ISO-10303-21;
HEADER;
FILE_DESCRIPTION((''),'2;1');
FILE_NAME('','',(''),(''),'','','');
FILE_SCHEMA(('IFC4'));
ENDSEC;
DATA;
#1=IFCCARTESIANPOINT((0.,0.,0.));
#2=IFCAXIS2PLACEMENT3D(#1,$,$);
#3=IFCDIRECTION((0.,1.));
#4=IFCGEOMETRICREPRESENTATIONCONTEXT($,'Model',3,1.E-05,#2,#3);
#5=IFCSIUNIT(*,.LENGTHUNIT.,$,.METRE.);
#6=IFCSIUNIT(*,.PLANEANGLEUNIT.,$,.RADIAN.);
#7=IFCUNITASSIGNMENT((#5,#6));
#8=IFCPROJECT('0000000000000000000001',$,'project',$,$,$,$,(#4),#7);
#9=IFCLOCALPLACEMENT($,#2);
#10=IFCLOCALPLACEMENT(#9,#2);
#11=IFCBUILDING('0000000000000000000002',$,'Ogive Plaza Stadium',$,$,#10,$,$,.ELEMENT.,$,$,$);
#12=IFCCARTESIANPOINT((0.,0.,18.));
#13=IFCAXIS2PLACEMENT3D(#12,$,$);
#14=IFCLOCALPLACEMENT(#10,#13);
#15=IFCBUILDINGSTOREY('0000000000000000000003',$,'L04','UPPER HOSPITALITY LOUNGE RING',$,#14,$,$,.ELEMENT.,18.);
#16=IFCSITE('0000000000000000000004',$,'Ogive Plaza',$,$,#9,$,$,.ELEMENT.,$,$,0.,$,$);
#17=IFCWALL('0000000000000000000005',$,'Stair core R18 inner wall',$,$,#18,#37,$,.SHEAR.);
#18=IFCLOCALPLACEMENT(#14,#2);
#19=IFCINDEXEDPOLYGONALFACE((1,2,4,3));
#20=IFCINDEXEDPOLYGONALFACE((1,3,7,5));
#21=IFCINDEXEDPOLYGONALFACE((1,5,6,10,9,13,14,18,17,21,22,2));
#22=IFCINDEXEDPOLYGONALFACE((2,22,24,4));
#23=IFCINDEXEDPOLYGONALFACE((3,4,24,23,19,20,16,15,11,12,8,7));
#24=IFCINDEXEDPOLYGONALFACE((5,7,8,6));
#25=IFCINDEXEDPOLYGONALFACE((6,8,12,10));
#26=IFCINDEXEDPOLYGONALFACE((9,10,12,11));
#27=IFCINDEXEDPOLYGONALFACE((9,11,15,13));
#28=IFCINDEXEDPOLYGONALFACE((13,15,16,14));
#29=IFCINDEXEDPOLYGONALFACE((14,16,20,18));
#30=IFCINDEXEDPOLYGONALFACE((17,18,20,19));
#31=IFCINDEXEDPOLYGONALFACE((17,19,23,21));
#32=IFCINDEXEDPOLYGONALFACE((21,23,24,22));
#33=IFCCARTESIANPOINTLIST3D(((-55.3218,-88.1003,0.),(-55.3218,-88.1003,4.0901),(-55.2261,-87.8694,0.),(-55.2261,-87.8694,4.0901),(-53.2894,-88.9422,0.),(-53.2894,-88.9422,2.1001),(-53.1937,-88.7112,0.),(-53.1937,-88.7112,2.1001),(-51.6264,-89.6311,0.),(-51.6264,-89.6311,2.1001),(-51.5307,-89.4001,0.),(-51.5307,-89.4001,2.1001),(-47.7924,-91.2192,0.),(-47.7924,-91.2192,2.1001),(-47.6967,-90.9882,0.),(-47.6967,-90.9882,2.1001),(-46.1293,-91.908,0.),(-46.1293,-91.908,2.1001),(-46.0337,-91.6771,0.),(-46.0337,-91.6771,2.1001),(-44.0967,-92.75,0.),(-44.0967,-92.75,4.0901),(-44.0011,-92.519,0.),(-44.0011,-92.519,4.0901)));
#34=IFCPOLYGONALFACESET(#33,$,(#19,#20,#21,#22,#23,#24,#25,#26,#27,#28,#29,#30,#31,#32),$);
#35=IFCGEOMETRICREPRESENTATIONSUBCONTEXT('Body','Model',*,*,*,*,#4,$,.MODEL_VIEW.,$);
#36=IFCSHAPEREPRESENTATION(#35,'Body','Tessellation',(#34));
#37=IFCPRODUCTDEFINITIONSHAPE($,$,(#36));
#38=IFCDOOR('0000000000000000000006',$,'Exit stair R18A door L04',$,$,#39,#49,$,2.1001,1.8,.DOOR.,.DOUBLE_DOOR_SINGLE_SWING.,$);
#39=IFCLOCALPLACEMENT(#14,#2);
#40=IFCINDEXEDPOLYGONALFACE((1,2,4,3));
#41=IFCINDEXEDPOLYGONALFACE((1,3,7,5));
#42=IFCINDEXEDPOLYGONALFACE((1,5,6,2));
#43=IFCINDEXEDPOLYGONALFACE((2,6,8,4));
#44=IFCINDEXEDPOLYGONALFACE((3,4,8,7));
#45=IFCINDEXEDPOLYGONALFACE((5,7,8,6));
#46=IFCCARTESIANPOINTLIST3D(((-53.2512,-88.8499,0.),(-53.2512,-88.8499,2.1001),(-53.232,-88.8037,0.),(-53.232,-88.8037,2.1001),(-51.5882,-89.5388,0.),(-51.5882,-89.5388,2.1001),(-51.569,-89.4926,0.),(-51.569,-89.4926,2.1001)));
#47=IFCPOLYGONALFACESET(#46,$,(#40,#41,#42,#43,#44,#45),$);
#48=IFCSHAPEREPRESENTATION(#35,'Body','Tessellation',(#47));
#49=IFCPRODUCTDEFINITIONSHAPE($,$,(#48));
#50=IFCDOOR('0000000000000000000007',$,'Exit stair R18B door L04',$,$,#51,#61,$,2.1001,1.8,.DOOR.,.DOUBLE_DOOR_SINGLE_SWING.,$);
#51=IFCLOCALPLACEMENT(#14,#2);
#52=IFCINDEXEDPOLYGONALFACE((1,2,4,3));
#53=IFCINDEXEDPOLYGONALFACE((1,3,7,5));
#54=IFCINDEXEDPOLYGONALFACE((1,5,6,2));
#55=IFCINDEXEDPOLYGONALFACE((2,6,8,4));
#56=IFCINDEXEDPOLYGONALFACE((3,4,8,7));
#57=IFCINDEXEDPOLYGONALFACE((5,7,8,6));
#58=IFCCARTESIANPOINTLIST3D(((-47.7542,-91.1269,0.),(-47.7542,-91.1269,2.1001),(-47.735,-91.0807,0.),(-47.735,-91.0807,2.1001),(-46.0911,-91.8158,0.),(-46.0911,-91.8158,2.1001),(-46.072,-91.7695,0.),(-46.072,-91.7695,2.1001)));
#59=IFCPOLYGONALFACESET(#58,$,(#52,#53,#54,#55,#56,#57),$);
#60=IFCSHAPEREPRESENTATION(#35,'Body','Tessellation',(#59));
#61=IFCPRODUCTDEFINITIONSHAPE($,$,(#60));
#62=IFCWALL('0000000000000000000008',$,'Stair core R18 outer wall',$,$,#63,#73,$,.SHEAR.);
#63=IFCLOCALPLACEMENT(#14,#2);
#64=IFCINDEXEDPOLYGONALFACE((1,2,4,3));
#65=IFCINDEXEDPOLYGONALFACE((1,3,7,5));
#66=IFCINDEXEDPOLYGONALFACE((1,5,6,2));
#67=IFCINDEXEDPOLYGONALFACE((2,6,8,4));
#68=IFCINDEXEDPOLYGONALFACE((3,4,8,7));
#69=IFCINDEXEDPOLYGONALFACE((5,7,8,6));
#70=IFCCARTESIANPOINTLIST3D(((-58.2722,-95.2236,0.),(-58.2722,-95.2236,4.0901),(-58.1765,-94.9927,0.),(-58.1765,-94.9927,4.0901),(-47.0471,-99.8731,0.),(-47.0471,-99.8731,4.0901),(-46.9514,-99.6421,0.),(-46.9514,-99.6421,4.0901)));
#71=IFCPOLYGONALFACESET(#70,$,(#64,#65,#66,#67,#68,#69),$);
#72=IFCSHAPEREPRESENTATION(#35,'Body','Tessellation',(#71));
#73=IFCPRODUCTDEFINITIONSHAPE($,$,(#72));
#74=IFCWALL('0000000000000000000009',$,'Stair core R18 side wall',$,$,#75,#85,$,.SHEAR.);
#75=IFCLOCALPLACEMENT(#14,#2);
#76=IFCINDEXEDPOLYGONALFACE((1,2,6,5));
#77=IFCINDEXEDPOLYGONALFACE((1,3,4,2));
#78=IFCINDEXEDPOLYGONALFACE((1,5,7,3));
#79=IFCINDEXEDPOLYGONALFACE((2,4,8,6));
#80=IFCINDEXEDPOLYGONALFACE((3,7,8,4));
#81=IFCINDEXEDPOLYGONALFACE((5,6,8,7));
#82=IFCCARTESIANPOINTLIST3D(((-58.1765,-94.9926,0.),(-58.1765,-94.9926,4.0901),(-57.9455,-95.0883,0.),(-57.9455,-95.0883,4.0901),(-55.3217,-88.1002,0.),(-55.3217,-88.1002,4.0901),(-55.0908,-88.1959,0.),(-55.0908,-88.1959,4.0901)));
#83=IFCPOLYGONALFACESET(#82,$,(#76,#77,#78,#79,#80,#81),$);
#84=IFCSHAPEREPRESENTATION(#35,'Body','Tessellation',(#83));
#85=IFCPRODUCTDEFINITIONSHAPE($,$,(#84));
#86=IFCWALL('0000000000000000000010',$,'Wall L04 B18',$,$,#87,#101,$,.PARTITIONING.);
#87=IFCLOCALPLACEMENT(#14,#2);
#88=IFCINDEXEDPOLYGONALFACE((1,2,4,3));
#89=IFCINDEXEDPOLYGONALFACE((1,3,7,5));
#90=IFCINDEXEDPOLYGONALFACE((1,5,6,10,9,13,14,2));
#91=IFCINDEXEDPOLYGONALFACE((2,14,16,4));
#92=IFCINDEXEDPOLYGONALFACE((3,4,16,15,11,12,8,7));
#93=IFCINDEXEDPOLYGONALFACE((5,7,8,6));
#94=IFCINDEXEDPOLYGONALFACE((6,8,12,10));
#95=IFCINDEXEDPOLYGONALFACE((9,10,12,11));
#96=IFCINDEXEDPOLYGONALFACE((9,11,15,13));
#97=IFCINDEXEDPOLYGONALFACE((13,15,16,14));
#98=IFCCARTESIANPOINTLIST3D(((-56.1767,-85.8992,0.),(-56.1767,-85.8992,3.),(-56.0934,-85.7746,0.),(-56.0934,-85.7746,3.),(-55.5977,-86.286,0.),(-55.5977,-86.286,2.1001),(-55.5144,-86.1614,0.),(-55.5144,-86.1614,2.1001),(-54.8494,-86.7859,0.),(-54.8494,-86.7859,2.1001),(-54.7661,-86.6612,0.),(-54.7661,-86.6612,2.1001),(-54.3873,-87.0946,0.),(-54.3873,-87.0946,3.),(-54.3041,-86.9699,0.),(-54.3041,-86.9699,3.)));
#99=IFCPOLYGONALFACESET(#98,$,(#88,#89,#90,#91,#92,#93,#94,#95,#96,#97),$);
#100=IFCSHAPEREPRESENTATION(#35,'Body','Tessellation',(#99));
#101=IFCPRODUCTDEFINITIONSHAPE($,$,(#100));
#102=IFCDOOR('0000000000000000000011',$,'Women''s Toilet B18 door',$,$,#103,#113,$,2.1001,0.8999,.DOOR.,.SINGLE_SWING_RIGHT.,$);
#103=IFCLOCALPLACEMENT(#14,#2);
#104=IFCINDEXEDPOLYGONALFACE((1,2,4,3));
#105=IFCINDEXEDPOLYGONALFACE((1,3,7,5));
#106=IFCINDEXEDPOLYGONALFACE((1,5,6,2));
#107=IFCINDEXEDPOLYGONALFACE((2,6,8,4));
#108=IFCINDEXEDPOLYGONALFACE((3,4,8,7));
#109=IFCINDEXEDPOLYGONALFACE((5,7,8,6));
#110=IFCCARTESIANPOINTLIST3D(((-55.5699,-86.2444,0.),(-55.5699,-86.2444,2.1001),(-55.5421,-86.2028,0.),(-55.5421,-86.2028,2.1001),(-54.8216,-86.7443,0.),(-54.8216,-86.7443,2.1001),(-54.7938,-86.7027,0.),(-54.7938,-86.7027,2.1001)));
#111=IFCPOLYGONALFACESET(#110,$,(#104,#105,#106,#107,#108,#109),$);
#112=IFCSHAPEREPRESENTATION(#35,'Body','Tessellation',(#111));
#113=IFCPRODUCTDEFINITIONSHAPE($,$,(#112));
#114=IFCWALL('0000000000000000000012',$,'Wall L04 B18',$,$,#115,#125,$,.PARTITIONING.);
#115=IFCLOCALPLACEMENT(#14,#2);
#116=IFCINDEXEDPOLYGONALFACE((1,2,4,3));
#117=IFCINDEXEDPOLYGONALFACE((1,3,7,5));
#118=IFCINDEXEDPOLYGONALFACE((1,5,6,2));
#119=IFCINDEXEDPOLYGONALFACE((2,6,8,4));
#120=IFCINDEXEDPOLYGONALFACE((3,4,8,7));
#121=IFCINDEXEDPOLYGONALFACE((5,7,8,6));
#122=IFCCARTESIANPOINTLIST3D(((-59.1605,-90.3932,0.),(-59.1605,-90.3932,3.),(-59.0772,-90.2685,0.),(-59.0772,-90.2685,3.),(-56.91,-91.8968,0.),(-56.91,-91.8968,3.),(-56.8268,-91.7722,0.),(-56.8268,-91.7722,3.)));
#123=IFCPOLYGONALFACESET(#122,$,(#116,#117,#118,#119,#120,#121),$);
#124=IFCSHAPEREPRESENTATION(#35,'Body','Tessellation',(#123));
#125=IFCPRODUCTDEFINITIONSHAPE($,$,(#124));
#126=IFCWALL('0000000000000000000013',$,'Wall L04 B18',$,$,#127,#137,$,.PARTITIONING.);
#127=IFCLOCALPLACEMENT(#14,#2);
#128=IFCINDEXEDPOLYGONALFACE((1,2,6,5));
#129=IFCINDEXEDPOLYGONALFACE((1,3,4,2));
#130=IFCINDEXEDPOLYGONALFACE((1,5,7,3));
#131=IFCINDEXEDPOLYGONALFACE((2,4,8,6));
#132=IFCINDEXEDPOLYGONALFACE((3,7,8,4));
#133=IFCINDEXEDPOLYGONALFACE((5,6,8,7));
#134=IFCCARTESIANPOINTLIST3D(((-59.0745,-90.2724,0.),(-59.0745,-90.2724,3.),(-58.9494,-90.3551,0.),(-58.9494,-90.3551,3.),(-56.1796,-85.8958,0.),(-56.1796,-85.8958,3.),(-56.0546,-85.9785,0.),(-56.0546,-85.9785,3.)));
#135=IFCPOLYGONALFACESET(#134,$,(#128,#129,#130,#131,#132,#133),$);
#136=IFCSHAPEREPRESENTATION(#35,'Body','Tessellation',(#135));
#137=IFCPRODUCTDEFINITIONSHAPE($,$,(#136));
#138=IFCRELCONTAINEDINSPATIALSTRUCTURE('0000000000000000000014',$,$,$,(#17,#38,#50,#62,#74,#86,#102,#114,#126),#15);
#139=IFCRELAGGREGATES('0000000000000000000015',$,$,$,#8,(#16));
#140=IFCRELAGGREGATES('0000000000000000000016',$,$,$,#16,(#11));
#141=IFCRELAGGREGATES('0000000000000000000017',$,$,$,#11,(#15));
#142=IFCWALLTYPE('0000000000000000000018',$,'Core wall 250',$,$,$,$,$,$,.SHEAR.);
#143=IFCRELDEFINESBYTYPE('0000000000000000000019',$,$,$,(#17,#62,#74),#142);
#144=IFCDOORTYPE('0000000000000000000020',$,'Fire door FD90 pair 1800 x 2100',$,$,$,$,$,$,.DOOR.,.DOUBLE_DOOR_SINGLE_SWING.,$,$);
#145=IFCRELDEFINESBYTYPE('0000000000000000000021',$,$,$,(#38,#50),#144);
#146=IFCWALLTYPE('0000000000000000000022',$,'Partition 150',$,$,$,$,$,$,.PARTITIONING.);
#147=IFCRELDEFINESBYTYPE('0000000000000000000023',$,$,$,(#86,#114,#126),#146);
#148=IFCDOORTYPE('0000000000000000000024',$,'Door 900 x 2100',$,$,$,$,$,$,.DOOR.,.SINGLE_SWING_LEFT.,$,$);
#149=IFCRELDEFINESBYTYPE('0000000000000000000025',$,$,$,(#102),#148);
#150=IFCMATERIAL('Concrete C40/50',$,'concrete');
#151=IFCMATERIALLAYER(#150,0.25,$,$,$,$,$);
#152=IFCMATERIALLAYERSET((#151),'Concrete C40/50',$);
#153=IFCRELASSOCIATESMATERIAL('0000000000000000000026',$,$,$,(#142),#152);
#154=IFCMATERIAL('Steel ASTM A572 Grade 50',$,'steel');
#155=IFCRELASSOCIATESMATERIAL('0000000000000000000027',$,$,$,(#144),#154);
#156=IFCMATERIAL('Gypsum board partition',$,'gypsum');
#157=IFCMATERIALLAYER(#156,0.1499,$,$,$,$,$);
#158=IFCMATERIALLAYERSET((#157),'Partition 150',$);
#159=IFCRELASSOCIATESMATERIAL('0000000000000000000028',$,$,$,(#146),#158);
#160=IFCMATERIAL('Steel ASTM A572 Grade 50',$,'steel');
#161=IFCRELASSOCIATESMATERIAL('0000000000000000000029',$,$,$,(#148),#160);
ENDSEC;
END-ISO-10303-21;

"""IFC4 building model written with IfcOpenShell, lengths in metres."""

from ifc_helpers import new_model, si_unit, direction, frame, frame_2d, origin, place, context, subcontext, project, spatial, rectangle, extrude, material, layer, layer_set, type_object, element, fill, save


model = new_model("IFC4")

# Units and contexts
model_context = context("Model", 3, precision=1e-05, world=origin(), true_north=direction((0.0, 1.0)))
body_context = subcontext(model_context, "Body", "Model", "MODEL_VIEW")
ifc_project = project(units=[si_unit("LENGTHUNIT", "METRE"), si_unit("PLANEANGLEUNIT", "RADIAN")], contexts=[model_context])

# Site, building, storey
site_placement = place(None, origin())
site = spatial("IfcSite", under=ifc_project, at=site_placement, Name="Ogive Plaza", CompositionType="ELEMENT", RefElevation=0.0)
building_placement = place(site_placement, origin())
building = spatial("IfcBuilding", under=site, at=building_placement, Name="Ogive Plaza Stadium", CompositionType="ELEMENT")
storey_placement = place(building_placement, frame((0.0, 0.0, 18.0)))
storey = spatial("IfcBuildingStorey", under=building, at=storey_placement, Name="L04", Description="UPPER HOSPITALITY LOUNGE RING", CompositionType="ELEMENT", Elevation=18.0)

# Wall, openings, doors
ifc_material_1 = material(Name="Concrete C40/50", Category="concrete")
ifc_layer_1 = layer(ifc_material_1, 0.25)
ifc_layer_set_1 = layer_set([ifc_layer_1], Name="Concrete C40/50")
wall_type_1 = type_object("IfcWallType", Name="Core wall 250", PredefinedType="SHEAR", material=ifc_layer_set_1)
wall_1_placement = place(storey_placement, frame((-55.2739, -87.9849, 0.0), z_axis=(0.0, 0.0, 1.0), x_axis=(0.923877, -0.382688, 0.0)))
wall_1 = element("IfcWall", 1, at=wall_1_placement, inside=storey, type_object=wall_type_1, Name="Stair core R18 inner wall", PredefinedType="SHEAR", context=body_context, shape_type="SweptSolid", body=[
    extrude(rectangle(XDim=12.1499, YDim=0.25, at=frame_2d((6.075, 0.0))), origin(), (0.0, 0.0, 1.0), 4.0901),
])
opening_1_placement = place(wall_1_placement, frame((2.2, 0.0, 0.0)))
opening_1 = element("IfcOpeningElement", 2, at=opening_1_placement, cuts=wall_1, PredefinedType="OPENING", context=body_context, shape_type="SweptSolid", body=[
    extrude(rectangle(XDim=1.8, YDim=2.1001, at=frame_2d((0.8999, 1.05))), frame((0.0, 0.125, 0.0), z_axis=(0.0, -1.0, 0.0), x_axis=(1.0, 0.0, 0.0)), (0.0, 0.0, 1.0), 0.25),
])
opening_2_placement = place(wall_1_placement, frame((8.1499, 0.0, 0.0)))
opening_2 = element("IfcOpeningElement", 3, at=opening_2_placement, cuts=wall_1, PredefinedType="OPENING", context=body_context, shape_type="SweptSolid", body=[
    extrude(rectangle(XDim=1.8, YDim=2.1001, at=frame_2d((0.8999, 1.05))), frame((0.0, 0.125, 0.0), z_axis=(0.0, -1.0, 0.0), x_axis=(1.0, 0.0, 0.0)), (0.0, 0.0, 1.0), 0.25),
])
ifc_material_2 = material(Name="Steel ASTM A572 Grade 50", Category="steel")
door_type_1 = type_object("IfcDoorType", Name="Fire door FD90 pair 1800 x 2100", OperationType="DOUBLE_DOOR_SINGLE_SWING", PredefinedType="DOOR", material=ifc_material_2)
door_1_placement = place(opening_1_placement, origin())
door_1 = element("IfcDoor", 4, at=door_1_placement, inside=storey, type_object=door_type_1, Name="Exit stair R18A door L04", OperationType="DOUBLE_DOOR_SINGLE_SWING", OverallHeight=2.1001, OverallWidth=1.8, PredefinedType="DOOR", context=body_context, shape_type="SweptSolid", body=[
    extrude(rectangle(XDim=1.8, YDim=2.1001, at=frame_2d((0.8999, 1.05))), frame((0.0, 0.0249, 0.0), z_axis=(0.0, -1.0, 0.0), x_axis=(1.0, 0.0, 0.0)), (0.0, 0.0, 1.0), 0.05),
])
fill(opening_1, door_1)
door_2_placement = place(opening_2_placement, origin())
door_2 = element("IfcDoor", 5, at=door_2_placement, inside=storey, type_object=door_type_1, Name="Exit stair R18B door L04", OperationType="DOUBLE_DOOR_SINGLE_SWING", OverallHeight=2.1001, OverallWidth=1.8, PredefinedType="DOOR", context=body_context, shape_type="SweptSolid", body=[
    extrude(rectangle(XDim=1.8, YDim=2.1001, at=frame_2d((0.8999, 1.05))), frame((0.0, 0.0249, 0.0), z_axis=(0.0, -1.0, 0.0), x_axis=(1.0, 0.0, 0.0)), (0.0, 0.0, 1.0), 0.05),
])
fill(opening_2, door_2)

# Walls
wall_2_placement = place(storey_placement, frame((-58.2244, -95.1082, 0.0), z_axis=(0.0, 0.0, 1.0), x_axis=(0.923885, -0.382671, 0.0)))
element("IfcWall", 6, at=wall_2_placement, inside=storey, type_object=wall_type_1, Name="Stair core R18 outer wall", PredefinedType="SHEAR", context=body_context, shape_type="SweptSolid", body=[
    extrude(rectangle(XDim=12.1499, YDim=0.25, at=frame_2d((6.075, 0.0))), origin(), (0.0, 0.0, 1.0), 4.0901),
])
wall_3_placement = place(storey_placement, frame((-55.2063, -88.1482, 0.0), z_axis=(0.0, 0.0, 1.0), x_axis=(-0.382665, -0.923887, 0.0)))
element("IfcWall", 7, at=wall_3_placement, inside=storey, type_object=wall_type_1, Name="Stair core R18 side wall", PredefinedType="SHEAR", context=body_context, shape_type="SweptSolid", body=[
    extrude(rectangle(XDim=7.4602, YDim=0.25, at=frame_2d((3.73, 0.0))), origin(), (0.0, 0.0, 1.0), 4.0901),
])

# Wall, opening, door
ifc_material_3 = material(Name="Gypsum board partition", Category="gypsum")
ifc_layer_2 = layer(ifc_material_3, 0.1499)
ifc_layer_set_2 = layer_set([ifc_layer_2], Name="Partition 150")
wall_type_2 = type_object("IfcWallType", Name="Partition 150", PredefinedType="PARTITIONING", material=ifc_layer_set_2)
wall_4_placement = place(storey_placement, frame((-54.3457, -87.0322, 0.0), z_axis=(0.0, 0.0, 1.0), x_axis=(-0.831526, 0.555485, 0.0)))
wall_4 = element("IfcWall", 8, at=wall_4_placement, inside=storey, type_object=wall_type_2, Name="Wall L04 B18", PredefinedType="PARTITIONING", context=body_context, shape_type="SweptSolid", body=[
    extrude(rectangle(XDim=2.1519, YDim=0.1499, at=frame_2d((1.0759, 0.0))), origin(), (0.0, 0.0, 1.0), 3.0),
])
opening_3_placement = place(wall_4_placement, frame((0.5557, 0.0, 0.0)))
opening_3 = element("IfcOpeningElement", 9, at=opening_3_placement, cuts=wall_4, PredefinedType="OPENING", context=body_context, shape_type="SweptSolid", body=[
    extrude(rectangle(XDim=0.8999, YDim=2.1001, at=frame_2d((0.45, 1.05))), frame((0.0, 0.075, 0.0), z_axis=(0.0, -1.0, 0.0), x_axis=(1.0, 0.0, 0.0)), (0.0, 0.0, 1.0), 0.1499),
])
ifc_material_4 = material(Name="Steel ASTM A572 Grade 50", Category="steel")
door_type_2 = type_object("IfcDoorType", Name="Door 900 x 2100", OperationType="SINGLE_SWING_LEFT", PredefinedType="DOOR", material=ifc_material_4)
door_3_placement = place(opening_3_placement, origin())
door_3 = element("IfcDoor", 10, at=door_3_placement, inside=storey, type_object=door_type_2, Name="Women's Toilet B18 door", OperationType="SINGLE_SWING_RIGHT", OverallHeight=2.1001, OverallWidth=0.8999, PredefinedType="DOOR", context=body_context, shape_type="SweptSolid", body=[
    extrude(rectangle(XDim=0.8999, YDim=2.1001, at=frame_2d((0.45, 1.05))), frame((0.0, 0.0249, 0.0), z_axis=(0.0, -1.0, 0.0), x_axis=(1.0, 0.0, 0.0)), (0.0, 0.0, 1.0), 0.05),
])
fill(opening_3, door_3)

# Walls
wall_5_placement = place(storey_placement, frame((-56.8684, -91.8345, 0.0), z_axis=(0.0, 0.0, 1.0), x_axis=(-0.831481, 0.555553, 0.0)))
element("IfcWall", 11, at=wall_5_placement, inside=storey, type_object=wall_type_2, Name="Wall L04 B18", PredefinedType="PARTITIONING", context=body_context, shape_type="SweptSolid", body=[
    extrude(rectangle(XDim=2.7065, YDim=0.1499, at=frame_2d((1.3533, 0.0))), origin(), (0.0, 0.0, 1.0), 3.0),
])
wall_6_placement = place(storey_placement, frame((-56.1172, -85.9373, 0.0), z_axis=(0.0, 0.0, 1.0), x_axis=(-0.551679, -0.834056, 0.0)))
element("IfcWall", 12, at=wall_6_placement, inside=storey, type_object=wall_type_2, Name="Wall L04 B18", PredefinedType="PARTITIONING", context=body_context, shape_type="SweptSolid", body=[
    extrude(rectangle(XDim=5.2473, YDim=0.1499, at=frame_2d((2.6235, 0.0))), origin(), (0.0, 0.0, 1.0), 3.0),
])

save(model, "model.ifc")
